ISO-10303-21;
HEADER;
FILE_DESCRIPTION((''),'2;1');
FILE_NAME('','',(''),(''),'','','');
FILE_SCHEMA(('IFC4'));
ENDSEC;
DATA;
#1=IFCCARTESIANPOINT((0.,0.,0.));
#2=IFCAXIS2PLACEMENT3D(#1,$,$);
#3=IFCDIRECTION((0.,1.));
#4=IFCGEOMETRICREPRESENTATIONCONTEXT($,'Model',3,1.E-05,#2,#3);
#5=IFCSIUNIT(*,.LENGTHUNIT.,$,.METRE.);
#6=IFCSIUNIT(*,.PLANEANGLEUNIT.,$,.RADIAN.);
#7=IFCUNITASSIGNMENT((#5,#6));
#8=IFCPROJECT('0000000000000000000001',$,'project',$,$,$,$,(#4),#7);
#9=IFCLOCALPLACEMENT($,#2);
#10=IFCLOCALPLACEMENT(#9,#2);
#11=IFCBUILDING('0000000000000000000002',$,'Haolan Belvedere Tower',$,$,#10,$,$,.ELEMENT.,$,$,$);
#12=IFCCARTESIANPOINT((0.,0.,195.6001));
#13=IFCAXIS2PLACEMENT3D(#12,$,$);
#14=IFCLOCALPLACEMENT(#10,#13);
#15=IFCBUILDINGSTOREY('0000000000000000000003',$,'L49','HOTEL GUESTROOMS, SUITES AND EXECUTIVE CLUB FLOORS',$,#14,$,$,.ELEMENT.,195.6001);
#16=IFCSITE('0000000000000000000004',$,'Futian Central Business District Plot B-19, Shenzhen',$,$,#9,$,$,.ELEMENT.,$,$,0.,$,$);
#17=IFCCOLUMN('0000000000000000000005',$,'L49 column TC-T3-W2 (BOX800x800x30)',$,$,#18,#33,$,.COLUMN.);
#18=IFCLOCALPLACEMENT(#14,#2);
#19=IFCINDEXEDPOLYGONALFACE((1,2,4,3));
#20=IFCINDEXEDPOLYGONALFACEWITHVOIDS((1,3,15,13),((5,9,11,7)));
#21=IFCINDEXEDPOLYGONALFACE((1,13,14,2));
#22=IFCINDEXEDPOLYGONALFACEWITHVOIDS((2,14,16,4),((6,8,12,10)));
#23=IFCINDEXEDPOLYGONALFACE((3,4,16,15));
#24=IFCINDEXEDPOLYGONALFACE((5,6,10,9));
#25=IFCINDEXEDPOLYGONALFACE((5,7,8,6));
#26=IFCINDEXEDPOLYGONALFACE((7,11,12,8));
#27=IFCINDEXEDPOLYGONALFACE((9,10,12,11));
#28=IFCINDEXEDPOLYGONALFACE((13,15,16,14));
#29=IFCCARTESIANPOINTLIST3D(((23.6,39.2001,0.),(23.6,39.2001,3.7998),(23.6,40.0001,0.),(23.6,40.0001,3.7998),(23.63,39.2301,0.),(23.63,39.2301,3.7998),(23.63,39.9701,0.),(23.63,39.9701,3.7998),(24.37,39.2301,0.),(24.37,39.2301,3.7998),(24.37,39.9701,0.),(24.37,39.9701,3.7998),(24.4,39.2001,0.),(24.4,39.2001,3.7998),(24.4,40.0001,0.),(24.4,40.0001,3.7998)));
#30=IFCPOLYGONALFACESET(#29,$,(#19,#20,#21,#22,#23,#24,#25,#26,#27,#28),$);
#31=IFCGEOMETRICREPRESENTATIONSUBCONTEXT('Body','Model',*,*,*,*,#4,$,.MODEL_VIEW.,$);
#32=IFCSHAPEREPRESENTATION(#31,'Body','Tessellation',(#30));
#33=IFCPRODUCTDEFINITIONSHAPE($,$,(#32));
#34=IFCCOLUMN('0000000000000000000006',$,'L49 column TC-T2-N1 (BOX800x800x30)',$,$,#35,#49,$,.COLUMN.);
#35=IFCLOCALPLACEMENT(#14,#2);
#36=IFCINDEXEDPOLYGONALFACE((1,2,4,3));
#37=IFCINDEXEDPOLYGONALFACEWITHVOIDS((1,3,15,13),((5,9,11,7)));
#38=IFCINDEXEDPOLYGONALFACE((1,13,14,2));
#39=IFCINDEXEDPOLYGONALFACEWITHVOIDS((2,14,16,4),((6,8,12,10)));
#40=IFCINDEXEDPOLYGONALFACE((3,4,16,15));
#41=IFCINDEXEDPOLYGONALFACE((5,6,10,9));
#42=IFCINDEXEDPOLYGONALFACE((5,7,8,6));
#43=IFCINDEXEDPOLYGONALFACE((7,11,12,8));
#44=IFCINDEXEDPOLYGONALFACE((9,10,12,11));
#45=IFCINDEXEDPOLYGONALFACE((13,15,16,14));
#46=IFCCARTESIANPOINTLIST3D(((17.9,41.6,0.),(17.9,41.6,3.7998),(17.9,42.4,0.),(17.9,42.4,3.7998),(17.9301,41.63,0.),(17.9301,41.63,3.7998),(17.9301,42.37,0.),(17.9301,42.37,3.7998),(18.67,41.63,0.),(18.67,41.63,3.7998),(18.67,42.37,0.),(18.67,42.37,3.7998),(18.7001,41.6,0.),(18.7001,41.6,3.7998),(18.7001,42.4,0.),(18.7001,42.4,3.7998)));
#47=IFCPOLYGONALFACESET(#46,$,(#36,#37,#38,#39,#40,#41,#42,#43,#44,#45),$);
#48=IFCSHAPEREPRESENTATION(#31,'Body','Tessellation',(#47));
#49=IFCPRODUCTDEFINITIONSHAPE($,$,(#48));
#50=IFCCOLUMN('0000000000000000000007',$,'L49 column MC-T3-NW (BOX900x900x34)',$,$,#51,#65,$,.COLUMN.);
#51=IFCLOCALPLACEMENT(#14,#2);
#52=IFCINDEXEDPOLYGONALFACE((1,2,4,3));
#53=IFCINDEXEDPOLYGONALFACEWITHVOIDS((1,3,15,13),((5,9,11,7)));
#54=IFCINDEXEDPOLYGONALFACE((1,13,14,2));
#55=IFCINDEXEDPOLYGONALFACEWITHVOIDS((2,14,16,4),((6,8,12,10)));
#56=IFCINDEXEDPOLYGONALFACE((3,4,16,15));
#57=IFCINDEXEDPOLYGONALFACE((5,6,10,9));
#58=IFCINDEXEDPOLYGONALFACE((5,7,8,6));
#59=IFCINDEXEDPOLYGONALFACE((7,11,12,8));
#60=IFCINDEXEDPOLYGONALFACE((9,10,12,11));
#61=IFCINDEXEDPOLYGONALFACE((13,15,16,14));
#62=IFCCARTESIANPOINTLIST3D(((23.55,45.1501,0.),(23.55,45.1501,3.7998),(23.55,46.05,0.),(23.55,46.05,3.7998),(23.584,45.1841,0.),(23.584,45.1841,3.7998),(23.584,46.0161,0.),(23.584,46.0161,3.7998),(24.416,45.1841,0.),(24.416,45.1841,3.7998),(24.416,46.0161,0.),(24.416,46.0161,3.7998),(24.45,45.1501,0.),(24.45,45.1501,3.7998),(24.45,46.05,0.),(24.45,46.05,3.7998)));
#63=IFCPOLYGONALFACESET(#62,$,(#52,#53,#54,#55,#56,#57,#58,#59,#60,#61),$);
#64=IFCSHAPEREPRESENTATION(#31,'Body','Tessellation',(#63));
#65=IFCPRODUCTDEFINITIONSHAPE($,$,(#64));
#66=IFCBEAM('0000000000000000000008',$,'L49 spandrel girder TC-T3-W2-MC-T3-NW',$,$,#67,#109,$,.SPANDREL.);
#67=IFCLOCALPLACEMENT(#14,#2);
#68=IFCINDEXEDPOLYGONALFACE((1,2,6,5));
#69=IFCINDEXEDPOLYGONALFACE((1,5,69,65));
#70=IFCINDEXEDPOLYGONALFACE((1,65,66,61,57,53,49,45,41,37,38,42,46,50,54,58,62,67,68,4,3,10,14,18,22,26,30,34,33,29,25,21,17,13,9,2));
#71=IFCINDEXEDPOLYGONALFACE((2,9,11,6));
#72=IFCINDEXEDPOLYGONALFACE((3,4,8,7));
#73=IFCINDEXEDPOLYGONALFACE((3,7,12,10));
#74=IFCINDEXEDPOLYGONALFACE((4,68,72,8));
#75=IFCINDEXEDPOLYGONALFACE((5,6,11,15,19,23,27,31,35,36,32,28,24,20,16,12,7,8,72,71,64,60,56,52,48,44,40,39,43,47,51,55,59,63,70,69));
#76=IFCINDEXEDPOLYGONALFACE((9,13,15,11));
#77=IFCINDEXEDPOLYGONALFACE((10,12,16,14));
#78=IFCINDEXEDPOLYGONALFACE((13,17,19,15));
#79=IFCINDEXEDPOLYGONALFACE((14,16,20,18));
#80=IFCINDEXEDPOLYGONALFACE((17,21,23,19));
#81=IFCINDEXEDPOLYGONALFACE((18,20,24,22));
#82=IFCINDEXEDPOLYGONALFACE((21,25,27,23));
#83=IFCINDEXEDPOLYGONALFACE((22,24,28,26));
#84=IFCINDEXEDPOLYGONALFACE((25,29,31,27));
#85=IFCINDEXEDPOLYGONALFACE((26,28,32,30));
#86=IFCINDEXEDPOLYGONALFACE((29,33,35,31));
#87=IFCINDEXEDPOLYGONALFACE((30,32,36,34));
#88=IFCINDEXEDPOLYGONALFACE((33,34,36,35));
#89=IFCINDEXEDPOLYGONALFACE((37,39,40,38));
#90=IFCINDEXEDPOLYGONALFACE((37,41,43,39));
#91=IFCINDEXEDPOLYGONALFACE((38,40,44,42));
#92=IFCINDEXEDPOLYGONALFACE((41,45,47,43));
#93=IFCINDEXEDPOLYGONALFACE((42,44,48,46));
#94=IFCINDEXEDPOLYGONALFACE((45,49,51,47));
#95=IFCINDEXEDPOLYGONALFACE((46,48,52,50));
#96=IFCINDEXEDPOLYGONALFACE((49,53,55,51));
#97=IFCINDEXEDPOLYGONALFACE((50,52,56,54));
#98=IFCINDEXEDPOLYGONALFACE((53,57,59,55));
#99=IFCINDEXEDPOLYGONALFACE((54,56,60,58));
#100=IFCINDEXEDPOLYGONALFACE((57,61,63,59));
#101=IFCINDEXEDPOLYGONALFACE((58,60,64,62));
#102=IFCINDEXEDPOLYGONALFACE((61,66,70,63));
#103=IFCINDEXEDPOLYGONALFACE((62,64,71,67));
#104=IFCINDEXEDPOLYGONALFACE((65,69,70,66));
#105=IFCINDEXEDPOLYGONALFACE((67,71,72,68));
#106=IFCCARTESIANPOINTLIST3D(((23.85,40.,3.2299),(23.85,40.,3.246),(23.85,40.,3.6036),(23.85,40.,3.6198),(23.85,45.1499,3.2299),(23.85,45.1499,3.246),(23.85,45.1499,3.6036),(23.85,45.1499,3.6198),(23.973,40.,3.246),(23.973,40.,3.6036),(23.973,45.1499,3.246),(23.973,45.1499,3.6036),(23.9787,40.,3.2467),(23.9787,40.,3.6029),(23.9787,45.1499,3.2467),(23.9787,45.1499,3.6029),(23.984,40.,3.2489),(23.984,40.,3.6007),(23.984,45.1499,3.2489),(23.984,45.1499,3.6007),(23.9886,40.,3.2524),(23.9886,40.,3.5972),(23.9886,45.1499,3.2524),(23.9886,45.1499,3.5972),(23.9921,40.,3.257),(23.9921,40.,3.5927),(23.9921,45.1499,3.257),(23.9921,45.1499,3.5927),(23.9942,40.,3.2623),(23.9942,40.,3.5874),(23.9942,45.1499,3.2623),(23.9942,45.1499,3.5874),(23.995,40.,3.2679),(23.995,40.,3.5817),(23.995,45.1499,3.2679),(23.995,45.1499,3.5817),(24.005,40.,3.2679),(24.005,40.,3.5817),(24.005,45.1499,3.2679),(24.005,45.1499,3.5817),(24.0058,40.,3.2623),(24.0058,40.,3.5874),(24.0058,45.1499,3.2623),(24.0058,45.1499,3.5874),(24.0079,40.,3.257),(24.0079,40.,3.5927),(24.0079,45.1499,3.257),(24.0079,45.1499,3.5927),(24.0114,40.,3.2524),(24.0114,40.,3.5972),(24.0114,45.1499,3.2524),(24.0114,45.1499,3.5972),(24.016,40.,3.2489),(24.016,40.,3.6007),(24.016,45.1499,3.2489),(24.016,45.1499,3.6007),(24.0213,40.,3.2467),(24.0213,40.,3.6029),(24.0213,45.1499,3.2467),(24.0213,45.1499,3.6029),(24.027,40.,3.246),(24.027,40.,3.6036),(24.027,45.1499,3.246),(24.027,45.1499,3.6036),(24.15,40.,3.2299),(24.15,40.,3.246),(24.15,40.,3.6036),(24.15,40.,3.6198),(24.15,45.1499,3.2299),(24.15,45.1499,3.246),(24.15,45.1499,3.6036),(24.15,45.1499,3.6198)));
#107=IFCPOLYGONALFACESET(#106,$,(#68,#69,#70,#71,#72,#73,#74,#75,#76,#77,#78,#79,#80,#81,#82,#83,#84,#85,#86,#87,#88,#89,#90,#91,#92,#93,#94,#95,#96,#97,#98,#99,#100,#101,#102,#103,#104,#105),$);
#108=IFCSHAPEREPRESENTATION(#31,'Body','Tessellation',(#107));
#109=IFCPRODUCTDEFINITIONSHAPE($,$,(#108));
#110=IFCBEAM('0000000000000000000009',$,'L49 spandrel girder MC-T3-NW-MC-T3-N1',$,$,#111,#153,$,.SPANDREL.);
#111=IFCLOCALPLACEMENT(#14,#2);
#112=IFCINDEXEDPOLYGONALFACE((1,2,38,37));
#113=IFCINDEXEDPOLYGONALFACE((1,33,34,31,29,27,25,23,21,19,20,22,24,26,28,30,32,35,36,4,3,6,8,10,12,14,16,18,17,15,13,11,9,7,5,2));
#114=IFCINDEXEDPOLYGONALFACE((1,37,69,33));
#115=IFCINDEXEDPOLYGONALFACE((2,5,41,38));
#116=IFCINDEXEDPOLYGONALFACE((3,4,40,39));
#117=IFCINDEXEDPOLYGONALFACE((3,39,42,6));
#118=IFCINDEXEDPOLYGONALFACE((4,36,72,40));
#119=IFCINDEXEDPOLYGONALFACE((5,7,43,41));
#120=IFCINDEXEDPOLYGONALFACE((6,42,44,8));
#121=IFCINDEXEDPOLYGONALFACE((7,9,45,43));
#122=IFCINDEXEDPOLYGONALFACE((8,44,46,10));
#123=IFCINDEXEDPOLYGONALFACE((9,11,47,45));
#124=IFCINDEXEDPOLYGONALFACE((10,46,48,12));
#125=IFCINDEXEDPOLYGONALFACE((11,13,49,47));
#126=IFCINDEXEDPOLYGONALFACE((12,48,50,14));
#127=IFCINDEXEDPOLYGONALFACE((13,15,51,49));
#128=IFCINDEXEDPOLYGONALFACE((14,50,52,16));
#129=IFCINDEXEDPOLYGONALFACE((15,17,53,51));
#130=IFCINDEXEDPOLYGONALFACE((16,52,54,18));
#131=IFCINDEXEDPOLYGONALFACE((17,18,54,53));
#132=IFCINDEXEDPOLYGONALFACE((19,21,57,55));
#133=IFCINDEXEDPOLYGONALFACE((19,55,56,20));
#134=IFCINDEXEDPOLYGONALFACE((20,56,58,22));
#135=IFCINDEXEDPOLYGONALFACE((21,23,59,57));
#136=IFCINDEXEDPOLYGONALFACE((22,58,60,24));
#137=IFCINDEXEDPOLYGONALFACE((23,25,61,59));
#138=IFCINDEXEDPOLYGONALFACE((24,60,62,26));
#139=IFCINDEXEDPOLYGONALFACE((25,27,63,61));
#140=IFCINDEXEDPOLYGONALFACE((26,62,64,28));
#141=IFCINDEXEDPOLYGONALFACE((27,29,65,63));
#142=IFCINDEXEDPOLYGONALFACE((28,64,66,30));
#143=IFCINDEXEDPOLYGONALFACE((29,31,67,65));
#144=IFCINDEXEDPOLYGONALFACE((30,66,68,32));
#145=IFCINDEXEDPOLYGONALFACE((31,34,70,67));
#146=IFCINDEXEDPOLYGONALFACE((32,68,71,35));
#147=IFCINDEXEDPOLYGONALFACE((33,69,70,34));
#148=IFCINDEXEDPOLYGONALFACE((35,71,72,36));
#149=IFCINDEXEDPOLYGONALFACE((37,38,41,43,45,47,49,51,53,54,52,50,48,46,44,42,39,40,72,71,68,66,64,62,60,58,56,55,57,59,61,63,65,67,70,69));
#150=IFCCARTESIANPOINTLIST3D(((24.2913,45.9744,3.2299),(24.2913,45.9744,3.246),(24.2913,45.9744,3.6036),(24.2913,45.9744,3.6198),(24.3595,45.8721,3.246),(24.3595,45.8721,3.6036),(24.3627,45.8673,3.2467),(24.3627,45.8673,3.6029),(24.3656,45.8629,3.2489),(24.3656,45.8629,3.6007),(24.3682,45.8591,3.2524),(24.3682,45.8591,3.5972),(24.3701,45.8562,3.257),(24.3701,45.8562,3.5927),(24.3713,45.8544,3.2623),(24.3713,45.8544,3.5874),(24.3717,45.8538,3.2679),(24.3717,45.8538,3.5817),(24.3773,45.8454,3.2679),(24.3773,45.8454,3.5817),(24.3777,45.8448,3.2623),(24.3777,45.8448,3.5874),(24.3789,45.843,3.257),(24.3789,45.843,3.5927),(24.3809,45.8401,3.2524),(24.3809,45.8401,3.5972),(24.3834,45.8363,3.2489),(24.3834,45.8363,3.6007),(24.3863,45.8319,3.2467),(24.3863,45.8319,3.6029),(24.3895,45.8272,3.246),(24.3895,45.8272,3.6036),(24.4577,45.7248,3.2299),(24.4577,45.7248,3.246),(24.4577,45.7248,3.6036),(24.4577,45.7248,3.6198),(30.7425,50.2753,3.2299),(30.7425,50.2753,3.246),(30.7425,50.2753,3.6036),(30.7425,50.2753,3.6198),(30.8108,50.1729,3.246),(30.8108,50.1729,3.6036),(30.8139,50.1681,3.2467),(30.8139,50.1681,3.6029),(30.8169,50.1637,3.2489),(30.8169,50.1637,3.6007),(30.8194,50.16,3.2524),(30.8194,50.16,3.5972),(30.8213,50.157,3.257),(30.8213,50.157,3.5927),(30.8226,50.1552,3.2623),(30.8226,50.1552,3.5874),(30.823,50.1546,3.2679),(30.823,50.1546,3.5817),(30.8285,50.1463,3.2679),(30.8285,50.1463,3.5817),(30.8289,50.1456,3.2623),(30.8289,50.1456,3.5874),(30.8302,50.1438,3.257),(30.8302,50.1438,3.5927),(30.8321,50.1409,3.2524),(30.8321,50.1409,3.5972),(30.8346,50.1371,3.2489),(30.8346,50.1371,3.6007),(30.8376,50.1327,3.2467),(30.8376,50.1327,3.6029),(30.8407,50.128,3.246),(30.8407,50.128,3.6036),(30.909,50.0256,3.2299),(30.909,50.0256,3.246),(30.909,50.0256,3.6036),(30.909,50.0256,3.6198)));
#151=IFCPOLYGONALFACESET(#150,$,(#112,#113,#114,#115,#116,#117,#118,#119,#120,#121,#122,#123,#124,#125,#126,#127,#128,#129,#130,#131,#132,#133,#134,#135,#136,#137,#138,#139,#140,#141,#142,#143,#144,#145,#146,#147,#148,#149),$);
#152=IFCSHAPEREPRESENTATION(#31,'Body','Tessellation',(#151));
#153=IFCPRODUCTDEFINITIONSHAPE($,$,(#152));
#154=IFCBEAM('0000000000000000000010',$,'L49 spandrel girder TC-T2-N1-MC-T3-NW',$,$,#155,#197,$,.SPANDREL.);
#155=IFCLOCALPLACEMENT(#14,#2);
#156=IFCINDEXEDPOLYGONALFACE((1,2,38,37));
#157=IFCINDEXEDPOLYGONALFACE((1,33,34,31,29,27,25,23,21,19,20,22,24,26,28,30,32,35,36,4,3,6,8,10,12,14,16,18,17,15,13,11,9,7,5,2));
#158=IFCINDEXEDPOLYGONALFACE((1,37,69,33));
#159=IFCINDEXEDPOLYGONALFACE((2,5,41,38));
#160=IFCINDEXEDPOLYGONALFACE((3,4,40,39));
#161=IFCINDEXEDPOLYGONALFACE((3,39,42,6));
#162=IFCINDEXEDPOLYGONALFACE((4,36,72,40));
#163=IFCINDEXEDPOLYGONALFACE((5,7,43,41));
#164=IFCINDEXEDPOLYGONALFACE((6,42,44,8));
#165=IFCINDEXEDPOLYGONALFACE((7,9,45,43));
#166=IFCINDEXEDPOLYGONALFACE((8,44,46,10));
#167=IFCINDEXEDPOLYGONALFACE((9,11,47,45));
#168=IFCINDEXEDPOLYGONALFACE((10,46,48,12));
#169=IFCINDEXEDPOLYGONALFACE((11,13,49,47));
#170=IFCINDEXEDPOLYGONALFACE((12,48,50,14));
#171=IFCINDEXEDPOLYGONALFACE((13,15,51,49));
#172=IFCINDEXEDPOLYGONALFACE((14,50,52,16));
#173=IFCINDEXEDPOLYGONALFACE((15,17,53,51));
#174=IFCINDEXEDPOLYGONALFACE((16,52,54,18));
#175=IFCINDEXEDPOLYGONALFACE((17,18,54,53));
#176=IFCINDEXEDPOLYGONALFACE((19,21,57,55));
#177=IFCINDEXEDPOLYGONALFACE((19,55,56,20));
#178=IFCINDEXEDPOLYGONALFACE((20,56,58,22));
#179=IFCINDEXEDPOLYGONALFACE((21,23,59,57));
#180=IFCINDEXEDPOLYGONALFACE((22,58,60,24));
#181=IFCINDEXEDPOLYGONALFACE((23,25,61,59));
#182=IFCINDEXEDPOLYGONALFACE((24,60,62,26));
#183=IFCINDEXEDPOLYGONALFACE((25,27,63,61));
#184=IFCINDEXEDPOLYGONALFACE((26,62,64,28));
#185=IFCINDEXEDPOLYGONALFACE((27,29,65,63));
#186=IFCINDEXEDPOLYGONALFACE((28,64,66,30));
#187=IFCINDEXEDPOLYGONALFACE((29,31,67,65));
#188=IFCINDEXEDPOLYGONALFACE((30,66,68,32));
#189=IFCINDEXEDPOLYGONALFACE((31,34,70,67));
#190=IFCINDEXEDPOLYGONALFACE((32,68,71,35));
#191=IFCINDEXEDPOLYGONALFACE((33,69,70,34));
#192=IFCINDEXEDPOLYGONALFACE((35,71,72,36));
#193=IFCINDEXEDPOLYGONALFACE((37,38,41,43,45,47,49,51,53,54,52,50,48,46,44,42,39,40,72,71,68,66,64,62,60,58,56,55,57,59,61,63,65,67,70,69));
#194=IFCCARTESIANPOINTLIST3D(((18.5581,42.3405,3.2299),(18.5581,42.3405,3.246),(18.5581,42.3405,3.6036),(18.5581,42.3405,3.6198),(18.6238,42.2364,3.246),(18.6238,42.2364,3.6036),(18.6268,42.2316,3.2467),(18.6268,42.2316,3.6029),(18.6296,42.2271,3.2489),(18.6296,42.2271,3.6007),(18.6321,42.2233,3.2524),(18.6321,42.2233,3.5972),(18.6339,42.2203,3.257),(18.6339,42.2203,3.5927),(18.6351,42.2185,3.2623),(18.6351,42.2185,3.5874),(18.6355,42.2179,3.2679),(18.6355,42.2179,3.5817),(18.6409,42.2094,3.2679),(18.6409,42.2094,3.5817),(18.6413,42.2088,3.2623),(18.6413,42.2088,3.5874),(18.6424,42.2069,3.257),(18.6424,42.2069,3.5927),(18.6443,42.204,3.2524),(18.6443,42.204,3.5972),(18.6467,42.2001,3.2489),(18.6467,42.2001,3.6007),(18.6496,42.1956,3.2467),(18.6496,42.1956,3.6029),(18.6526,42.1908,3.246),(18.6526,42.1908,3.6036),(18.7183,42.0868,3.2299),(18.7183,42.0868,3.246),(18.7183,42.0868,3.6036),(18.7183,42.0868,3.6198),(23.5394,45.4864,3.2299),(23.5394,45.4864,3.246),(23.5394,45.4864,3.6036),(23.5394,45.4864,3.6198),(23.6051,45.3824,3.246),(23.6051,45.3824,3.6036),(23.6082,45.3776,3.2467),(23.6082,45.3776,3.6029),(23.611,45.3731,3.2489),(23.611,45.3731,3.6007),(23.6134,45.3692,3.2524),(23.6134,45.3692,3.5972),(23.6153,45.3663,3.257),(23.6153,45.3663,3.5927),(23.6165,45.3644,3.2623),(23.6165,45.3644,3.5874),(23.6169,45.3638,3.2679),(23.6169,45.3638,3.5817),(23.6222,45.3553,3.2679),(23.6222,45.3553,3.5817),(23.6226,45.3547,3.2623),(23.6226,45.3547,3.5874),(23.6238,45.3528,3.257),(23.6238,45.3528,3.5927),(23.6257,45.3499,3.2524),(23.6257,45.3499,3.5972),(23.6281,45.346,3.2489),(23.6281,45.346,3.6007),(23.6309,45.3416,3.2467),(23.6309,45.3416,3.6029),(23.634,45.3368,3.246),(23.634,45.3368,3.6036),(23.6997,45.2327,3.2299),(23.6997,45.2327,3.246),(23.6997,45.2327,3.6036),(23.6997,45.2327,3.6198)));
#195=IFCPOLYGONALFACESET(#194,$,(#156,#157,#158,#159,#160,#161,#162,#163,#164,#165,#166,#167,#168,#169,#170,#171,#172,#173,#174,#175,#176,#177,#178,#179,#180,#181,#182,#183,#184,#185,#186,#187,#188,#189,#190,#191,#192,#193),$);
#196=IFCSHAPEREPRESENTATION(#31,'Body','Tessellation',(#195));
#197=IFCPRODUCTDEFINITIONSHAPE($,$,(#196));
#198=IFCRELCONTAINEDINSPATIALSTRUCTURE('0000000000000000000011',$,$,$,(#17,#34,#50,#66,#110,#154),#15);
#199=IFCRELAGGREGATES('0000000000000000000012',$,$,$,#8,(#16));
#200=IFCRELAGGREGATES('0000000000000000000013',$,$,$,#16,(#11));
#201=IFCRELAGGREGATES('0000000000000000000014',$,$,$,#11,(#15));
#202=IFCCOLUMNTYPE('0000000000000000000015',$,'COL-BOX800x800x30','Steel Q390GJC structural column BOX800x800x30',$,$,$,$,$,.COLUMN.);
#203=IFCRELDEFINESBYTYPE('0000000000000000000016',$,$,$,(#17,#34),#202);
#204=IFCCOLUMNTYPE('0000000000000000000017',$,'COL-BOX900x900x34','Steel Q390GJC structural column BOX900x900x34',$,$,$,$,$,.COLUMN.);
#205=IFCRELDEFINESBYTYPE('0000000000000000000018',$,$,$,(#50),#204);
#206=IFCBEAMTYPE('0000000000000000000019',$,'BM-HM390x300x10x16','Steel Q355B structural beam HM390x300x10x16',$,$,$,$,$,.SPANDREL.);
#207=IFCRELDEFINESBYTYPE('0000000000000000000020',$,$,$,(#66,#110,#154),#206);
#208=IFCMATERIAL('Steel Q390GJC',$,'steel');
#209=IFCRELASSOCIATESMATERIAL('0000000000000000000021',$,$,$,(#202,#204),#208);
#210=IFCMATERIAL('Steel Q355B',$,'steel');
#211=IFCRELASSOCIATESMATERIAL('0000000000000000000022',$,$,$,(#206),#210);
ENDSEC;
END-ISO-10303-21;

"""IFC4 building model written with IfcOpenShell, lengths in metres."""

from ifc_helpers import new_model, si_unit, direction, frame, origin, origin_2d, place, context, subcontext, project, spatial, hollow_rectangle, i_section, extrude, material, material_profile, profile_set, type_object, element, save


model = new_model("IFC4")

# Units and contexts
model_context = context("Model", 3, precision=1e-05, world=origin(), true_north=direction((0.0, 1.0)))
body_context = subcontext(model_context, "Body", "Model", "MODEL_VIEW")
ifc_project = project(units=[si_unit("LENGTHUNIT", "METRE"), si_unit("PLANEANGLEUNIT", "RADIAN")], contexts=[model_context])

# Site, building, storey
site_placement = place(None, origin())
site = spatial("IfcSite", under=ifc_project, at=site_placement, Name="Futian Central Business District Plot B-19, Shenzhen", CompositionType="ELEMENT", RefElevation=0.0)
building_placement = place(site_placement, origin())
building = spatial("IfcBuilding", under=site, at=building_placement, Name="Haolan Belvedere Tower", CompositionType="ELEMENT")
storey_placement = place(building_placement, frame((0.0, 0.0, 195.6001)))
storey = spatial("IfcBuildingStorey", under=building, at=storey_placement, Name="L49", Description="HOTEL GUESTROOMS, SUITES AND EXECUTIVE CLUB FLOORS", CompositionType="ELEMENT", Elevation=195.6001)

# Columns
ifc_material_1 = material(Name="Steel Q390GJC", Category="steel")
ifc_material_profile_1 = material_profile(ifc_material_1, hollow_rectangle(XDim=0.8, YDim=0.8, WallThickness=0.03, at=origin_2d()), Name="Steel Q390GJC")
ifc_profile_set_1 = profile_set([ifc_material_profile_1], Name="Steel Q390GJC")
column_type_1 = type_object("IfcColumnType", Name="COL-BOX800x800x30", Description="Steel Q390GJC structural column BOX800x800x30", PredefinedType="COLUMN", material=ifc_profile_set_1)
for number, where, z_axis, x_axis, name in (
    (1, (24.0, 39.6001, 0.0), (0.0, 0.0, 1.0), (1.0, 0.0, 0.0), "L49 column TC-T3-W2 (BOX800x800x30)"),
    (2, (18.3, 42.0, 0.0), (0.0, 0.0, 1.0), (1.0, 0.0, 0.0), "L49 column TC-T2-N1 (BOX800x800x30)"),
):
    element("IfcColumn", number, at=place(storey_placement, frame(where, z_axis=z_axis, x_axis=x_axis)), inside=storey, type_object=column_type_1, Name=name, PredefinedType="COLUMN", context=body_context, shape_type="SweptSolid", body=[
        extrude(hollow_rectangle(XDim=0.8, YDim=0.8, WallThickness=0.03, at=origin_2d()), origin(), (0.0, 0.0, 1.0), 3.7998),
    ])
ifc_material_profile_2 = material_profile(ifc_material_1, hollow_rectangle(XDim=0.8999, YDim=0.8999, WallThickness=0.0339, at=origin_2d()), Name="Steel Q390GJC")
ifc_profile_set_2 = profile_set([ifc_material_profile_2], Name="Steel Q390GJC")
column_type_2 = type_object("IfcColumnType", Name="COL-BOX900x900x34", Description="Steel Q390GJC structural column BOX900x900x34", PredefinedType="COLUMN", material=ifc_profile_set_2)
column_placement = place(storey_placement, frame((24.0, 45.6001, 0.0), z_axis=(0.0, 0.0, 1.0), x_axis=(1.0, 0.0, 0.0)))
element("IfcColumn", 3, at=column_placement, inside=storey, type_object=column_type_2, Name="L49 column MC-T3-NW (BOX900x900x34)", PredefinedType="COLUMN", context=body_context, shape_type="SweptSolid", body=[
    extrude(hollow_rectangle(XDim=0.8999, YDim=0.8999, WallThickness=0.0339, at=origin_2d()), origin(), (0.0, 0.0, 1.0), 3.7998),
])

# Beams
ifc_material_2 = material(Name="Steel Q355B", Category="steel")
ifc_material_profile_3 = material_profile(ifc_material_2, i_section(OverallWidth=0.3, OverallDepth=0.3899, WebThickness=0.01, FlangeThickness=0.0161, FilletRadius=0.022, at=origin_2d()), Name="Steel Q355B")
ifc_profile_set_3 = profile_set([ifc_material_profile_3], Name="Steel Q355B")
beam_type_1 = type_object("IfcBeamType", Name="BM-HM390x300x10x16", Description="Steel Q355B structural beam HM390x300x10x16", PredefinedType="SPANDREL", material=ifc_profile_set_3)
beam_1_placement = place(storey_placement, frame((24.0, 40.0, 3.4248), z_axis=(0.0, 1.0, 0.0), x_axis=(-1.0, 0.0, 0.0)))
element("IfcBeam", 4, at=beam_1_placement, inside=storey, type_object=beam_type_1, Name="L49 spandrel girder TC-T3-W2-MC-T3-NW", PredefinedType="SPANDREL", context=body_context, shape_type="SweptSolid", body=[
    extrude(i_section(OverallWidth=0.3, OverallDepth=0.3899, WebThickness=0.01, FlangeThickness=0.0161, FilletRadius=0.022, at=origin_2d()), origin(), (0.0, 0.0, 1.0), 5.1499),
])
beam_2_placement = place(storey_placement, frame((24.3745, 45.8496, 3.4248), z_axis=(0.83205, 0.5547, 0.0), x_axis=(-0.5547, 0.83205, 0.0)))
element("IfcBeam", 5, at=beam_2_placement, inside=storey, type_object=beam_type_1, Name="L49 spandrel girder MC-T3-NW-MC-T3-N1", PredefinedType="SPANDREL", context=body_context, shape_type="SweptSolid", body=[
    extrude(i_section(OverallWidth=0.3, OverallDepth=0.3899, WebThickness=0.01, FlangeThickness=0.0161, FilletRadius=0.022, at=origin_2d()), origin(), (0.0, 0.0, 1.0), 7.7534),
])
beam_3_placement = place(storey_placement, frame((18.6382, 42.2136, 3.4248), z_axis=(0.845503, 0.533971, 0.0), x_axis=(-0.533971, 0.845503, 0.0)))
element("IfcBeam", 6, at=beam_3_placement, inside=storey, type_object=beam_type_1, Name="L49 spandrel girder TC-T2-N1-MC-T3-NW", PredefinedType="SPANDREL", context=body_context, shape_type="SweptSolid", body=[
    extrude(i_section(OverallWidth=0.3, OverallDepth=0.3899, WebThickness=0.01, FlangeThickness=0.0161, FilletRadius=0.022, at=origin_2d()), origin(), (0.0, 0.0, 1.0), 5.8916),
])

save(model, "model.ifc")
